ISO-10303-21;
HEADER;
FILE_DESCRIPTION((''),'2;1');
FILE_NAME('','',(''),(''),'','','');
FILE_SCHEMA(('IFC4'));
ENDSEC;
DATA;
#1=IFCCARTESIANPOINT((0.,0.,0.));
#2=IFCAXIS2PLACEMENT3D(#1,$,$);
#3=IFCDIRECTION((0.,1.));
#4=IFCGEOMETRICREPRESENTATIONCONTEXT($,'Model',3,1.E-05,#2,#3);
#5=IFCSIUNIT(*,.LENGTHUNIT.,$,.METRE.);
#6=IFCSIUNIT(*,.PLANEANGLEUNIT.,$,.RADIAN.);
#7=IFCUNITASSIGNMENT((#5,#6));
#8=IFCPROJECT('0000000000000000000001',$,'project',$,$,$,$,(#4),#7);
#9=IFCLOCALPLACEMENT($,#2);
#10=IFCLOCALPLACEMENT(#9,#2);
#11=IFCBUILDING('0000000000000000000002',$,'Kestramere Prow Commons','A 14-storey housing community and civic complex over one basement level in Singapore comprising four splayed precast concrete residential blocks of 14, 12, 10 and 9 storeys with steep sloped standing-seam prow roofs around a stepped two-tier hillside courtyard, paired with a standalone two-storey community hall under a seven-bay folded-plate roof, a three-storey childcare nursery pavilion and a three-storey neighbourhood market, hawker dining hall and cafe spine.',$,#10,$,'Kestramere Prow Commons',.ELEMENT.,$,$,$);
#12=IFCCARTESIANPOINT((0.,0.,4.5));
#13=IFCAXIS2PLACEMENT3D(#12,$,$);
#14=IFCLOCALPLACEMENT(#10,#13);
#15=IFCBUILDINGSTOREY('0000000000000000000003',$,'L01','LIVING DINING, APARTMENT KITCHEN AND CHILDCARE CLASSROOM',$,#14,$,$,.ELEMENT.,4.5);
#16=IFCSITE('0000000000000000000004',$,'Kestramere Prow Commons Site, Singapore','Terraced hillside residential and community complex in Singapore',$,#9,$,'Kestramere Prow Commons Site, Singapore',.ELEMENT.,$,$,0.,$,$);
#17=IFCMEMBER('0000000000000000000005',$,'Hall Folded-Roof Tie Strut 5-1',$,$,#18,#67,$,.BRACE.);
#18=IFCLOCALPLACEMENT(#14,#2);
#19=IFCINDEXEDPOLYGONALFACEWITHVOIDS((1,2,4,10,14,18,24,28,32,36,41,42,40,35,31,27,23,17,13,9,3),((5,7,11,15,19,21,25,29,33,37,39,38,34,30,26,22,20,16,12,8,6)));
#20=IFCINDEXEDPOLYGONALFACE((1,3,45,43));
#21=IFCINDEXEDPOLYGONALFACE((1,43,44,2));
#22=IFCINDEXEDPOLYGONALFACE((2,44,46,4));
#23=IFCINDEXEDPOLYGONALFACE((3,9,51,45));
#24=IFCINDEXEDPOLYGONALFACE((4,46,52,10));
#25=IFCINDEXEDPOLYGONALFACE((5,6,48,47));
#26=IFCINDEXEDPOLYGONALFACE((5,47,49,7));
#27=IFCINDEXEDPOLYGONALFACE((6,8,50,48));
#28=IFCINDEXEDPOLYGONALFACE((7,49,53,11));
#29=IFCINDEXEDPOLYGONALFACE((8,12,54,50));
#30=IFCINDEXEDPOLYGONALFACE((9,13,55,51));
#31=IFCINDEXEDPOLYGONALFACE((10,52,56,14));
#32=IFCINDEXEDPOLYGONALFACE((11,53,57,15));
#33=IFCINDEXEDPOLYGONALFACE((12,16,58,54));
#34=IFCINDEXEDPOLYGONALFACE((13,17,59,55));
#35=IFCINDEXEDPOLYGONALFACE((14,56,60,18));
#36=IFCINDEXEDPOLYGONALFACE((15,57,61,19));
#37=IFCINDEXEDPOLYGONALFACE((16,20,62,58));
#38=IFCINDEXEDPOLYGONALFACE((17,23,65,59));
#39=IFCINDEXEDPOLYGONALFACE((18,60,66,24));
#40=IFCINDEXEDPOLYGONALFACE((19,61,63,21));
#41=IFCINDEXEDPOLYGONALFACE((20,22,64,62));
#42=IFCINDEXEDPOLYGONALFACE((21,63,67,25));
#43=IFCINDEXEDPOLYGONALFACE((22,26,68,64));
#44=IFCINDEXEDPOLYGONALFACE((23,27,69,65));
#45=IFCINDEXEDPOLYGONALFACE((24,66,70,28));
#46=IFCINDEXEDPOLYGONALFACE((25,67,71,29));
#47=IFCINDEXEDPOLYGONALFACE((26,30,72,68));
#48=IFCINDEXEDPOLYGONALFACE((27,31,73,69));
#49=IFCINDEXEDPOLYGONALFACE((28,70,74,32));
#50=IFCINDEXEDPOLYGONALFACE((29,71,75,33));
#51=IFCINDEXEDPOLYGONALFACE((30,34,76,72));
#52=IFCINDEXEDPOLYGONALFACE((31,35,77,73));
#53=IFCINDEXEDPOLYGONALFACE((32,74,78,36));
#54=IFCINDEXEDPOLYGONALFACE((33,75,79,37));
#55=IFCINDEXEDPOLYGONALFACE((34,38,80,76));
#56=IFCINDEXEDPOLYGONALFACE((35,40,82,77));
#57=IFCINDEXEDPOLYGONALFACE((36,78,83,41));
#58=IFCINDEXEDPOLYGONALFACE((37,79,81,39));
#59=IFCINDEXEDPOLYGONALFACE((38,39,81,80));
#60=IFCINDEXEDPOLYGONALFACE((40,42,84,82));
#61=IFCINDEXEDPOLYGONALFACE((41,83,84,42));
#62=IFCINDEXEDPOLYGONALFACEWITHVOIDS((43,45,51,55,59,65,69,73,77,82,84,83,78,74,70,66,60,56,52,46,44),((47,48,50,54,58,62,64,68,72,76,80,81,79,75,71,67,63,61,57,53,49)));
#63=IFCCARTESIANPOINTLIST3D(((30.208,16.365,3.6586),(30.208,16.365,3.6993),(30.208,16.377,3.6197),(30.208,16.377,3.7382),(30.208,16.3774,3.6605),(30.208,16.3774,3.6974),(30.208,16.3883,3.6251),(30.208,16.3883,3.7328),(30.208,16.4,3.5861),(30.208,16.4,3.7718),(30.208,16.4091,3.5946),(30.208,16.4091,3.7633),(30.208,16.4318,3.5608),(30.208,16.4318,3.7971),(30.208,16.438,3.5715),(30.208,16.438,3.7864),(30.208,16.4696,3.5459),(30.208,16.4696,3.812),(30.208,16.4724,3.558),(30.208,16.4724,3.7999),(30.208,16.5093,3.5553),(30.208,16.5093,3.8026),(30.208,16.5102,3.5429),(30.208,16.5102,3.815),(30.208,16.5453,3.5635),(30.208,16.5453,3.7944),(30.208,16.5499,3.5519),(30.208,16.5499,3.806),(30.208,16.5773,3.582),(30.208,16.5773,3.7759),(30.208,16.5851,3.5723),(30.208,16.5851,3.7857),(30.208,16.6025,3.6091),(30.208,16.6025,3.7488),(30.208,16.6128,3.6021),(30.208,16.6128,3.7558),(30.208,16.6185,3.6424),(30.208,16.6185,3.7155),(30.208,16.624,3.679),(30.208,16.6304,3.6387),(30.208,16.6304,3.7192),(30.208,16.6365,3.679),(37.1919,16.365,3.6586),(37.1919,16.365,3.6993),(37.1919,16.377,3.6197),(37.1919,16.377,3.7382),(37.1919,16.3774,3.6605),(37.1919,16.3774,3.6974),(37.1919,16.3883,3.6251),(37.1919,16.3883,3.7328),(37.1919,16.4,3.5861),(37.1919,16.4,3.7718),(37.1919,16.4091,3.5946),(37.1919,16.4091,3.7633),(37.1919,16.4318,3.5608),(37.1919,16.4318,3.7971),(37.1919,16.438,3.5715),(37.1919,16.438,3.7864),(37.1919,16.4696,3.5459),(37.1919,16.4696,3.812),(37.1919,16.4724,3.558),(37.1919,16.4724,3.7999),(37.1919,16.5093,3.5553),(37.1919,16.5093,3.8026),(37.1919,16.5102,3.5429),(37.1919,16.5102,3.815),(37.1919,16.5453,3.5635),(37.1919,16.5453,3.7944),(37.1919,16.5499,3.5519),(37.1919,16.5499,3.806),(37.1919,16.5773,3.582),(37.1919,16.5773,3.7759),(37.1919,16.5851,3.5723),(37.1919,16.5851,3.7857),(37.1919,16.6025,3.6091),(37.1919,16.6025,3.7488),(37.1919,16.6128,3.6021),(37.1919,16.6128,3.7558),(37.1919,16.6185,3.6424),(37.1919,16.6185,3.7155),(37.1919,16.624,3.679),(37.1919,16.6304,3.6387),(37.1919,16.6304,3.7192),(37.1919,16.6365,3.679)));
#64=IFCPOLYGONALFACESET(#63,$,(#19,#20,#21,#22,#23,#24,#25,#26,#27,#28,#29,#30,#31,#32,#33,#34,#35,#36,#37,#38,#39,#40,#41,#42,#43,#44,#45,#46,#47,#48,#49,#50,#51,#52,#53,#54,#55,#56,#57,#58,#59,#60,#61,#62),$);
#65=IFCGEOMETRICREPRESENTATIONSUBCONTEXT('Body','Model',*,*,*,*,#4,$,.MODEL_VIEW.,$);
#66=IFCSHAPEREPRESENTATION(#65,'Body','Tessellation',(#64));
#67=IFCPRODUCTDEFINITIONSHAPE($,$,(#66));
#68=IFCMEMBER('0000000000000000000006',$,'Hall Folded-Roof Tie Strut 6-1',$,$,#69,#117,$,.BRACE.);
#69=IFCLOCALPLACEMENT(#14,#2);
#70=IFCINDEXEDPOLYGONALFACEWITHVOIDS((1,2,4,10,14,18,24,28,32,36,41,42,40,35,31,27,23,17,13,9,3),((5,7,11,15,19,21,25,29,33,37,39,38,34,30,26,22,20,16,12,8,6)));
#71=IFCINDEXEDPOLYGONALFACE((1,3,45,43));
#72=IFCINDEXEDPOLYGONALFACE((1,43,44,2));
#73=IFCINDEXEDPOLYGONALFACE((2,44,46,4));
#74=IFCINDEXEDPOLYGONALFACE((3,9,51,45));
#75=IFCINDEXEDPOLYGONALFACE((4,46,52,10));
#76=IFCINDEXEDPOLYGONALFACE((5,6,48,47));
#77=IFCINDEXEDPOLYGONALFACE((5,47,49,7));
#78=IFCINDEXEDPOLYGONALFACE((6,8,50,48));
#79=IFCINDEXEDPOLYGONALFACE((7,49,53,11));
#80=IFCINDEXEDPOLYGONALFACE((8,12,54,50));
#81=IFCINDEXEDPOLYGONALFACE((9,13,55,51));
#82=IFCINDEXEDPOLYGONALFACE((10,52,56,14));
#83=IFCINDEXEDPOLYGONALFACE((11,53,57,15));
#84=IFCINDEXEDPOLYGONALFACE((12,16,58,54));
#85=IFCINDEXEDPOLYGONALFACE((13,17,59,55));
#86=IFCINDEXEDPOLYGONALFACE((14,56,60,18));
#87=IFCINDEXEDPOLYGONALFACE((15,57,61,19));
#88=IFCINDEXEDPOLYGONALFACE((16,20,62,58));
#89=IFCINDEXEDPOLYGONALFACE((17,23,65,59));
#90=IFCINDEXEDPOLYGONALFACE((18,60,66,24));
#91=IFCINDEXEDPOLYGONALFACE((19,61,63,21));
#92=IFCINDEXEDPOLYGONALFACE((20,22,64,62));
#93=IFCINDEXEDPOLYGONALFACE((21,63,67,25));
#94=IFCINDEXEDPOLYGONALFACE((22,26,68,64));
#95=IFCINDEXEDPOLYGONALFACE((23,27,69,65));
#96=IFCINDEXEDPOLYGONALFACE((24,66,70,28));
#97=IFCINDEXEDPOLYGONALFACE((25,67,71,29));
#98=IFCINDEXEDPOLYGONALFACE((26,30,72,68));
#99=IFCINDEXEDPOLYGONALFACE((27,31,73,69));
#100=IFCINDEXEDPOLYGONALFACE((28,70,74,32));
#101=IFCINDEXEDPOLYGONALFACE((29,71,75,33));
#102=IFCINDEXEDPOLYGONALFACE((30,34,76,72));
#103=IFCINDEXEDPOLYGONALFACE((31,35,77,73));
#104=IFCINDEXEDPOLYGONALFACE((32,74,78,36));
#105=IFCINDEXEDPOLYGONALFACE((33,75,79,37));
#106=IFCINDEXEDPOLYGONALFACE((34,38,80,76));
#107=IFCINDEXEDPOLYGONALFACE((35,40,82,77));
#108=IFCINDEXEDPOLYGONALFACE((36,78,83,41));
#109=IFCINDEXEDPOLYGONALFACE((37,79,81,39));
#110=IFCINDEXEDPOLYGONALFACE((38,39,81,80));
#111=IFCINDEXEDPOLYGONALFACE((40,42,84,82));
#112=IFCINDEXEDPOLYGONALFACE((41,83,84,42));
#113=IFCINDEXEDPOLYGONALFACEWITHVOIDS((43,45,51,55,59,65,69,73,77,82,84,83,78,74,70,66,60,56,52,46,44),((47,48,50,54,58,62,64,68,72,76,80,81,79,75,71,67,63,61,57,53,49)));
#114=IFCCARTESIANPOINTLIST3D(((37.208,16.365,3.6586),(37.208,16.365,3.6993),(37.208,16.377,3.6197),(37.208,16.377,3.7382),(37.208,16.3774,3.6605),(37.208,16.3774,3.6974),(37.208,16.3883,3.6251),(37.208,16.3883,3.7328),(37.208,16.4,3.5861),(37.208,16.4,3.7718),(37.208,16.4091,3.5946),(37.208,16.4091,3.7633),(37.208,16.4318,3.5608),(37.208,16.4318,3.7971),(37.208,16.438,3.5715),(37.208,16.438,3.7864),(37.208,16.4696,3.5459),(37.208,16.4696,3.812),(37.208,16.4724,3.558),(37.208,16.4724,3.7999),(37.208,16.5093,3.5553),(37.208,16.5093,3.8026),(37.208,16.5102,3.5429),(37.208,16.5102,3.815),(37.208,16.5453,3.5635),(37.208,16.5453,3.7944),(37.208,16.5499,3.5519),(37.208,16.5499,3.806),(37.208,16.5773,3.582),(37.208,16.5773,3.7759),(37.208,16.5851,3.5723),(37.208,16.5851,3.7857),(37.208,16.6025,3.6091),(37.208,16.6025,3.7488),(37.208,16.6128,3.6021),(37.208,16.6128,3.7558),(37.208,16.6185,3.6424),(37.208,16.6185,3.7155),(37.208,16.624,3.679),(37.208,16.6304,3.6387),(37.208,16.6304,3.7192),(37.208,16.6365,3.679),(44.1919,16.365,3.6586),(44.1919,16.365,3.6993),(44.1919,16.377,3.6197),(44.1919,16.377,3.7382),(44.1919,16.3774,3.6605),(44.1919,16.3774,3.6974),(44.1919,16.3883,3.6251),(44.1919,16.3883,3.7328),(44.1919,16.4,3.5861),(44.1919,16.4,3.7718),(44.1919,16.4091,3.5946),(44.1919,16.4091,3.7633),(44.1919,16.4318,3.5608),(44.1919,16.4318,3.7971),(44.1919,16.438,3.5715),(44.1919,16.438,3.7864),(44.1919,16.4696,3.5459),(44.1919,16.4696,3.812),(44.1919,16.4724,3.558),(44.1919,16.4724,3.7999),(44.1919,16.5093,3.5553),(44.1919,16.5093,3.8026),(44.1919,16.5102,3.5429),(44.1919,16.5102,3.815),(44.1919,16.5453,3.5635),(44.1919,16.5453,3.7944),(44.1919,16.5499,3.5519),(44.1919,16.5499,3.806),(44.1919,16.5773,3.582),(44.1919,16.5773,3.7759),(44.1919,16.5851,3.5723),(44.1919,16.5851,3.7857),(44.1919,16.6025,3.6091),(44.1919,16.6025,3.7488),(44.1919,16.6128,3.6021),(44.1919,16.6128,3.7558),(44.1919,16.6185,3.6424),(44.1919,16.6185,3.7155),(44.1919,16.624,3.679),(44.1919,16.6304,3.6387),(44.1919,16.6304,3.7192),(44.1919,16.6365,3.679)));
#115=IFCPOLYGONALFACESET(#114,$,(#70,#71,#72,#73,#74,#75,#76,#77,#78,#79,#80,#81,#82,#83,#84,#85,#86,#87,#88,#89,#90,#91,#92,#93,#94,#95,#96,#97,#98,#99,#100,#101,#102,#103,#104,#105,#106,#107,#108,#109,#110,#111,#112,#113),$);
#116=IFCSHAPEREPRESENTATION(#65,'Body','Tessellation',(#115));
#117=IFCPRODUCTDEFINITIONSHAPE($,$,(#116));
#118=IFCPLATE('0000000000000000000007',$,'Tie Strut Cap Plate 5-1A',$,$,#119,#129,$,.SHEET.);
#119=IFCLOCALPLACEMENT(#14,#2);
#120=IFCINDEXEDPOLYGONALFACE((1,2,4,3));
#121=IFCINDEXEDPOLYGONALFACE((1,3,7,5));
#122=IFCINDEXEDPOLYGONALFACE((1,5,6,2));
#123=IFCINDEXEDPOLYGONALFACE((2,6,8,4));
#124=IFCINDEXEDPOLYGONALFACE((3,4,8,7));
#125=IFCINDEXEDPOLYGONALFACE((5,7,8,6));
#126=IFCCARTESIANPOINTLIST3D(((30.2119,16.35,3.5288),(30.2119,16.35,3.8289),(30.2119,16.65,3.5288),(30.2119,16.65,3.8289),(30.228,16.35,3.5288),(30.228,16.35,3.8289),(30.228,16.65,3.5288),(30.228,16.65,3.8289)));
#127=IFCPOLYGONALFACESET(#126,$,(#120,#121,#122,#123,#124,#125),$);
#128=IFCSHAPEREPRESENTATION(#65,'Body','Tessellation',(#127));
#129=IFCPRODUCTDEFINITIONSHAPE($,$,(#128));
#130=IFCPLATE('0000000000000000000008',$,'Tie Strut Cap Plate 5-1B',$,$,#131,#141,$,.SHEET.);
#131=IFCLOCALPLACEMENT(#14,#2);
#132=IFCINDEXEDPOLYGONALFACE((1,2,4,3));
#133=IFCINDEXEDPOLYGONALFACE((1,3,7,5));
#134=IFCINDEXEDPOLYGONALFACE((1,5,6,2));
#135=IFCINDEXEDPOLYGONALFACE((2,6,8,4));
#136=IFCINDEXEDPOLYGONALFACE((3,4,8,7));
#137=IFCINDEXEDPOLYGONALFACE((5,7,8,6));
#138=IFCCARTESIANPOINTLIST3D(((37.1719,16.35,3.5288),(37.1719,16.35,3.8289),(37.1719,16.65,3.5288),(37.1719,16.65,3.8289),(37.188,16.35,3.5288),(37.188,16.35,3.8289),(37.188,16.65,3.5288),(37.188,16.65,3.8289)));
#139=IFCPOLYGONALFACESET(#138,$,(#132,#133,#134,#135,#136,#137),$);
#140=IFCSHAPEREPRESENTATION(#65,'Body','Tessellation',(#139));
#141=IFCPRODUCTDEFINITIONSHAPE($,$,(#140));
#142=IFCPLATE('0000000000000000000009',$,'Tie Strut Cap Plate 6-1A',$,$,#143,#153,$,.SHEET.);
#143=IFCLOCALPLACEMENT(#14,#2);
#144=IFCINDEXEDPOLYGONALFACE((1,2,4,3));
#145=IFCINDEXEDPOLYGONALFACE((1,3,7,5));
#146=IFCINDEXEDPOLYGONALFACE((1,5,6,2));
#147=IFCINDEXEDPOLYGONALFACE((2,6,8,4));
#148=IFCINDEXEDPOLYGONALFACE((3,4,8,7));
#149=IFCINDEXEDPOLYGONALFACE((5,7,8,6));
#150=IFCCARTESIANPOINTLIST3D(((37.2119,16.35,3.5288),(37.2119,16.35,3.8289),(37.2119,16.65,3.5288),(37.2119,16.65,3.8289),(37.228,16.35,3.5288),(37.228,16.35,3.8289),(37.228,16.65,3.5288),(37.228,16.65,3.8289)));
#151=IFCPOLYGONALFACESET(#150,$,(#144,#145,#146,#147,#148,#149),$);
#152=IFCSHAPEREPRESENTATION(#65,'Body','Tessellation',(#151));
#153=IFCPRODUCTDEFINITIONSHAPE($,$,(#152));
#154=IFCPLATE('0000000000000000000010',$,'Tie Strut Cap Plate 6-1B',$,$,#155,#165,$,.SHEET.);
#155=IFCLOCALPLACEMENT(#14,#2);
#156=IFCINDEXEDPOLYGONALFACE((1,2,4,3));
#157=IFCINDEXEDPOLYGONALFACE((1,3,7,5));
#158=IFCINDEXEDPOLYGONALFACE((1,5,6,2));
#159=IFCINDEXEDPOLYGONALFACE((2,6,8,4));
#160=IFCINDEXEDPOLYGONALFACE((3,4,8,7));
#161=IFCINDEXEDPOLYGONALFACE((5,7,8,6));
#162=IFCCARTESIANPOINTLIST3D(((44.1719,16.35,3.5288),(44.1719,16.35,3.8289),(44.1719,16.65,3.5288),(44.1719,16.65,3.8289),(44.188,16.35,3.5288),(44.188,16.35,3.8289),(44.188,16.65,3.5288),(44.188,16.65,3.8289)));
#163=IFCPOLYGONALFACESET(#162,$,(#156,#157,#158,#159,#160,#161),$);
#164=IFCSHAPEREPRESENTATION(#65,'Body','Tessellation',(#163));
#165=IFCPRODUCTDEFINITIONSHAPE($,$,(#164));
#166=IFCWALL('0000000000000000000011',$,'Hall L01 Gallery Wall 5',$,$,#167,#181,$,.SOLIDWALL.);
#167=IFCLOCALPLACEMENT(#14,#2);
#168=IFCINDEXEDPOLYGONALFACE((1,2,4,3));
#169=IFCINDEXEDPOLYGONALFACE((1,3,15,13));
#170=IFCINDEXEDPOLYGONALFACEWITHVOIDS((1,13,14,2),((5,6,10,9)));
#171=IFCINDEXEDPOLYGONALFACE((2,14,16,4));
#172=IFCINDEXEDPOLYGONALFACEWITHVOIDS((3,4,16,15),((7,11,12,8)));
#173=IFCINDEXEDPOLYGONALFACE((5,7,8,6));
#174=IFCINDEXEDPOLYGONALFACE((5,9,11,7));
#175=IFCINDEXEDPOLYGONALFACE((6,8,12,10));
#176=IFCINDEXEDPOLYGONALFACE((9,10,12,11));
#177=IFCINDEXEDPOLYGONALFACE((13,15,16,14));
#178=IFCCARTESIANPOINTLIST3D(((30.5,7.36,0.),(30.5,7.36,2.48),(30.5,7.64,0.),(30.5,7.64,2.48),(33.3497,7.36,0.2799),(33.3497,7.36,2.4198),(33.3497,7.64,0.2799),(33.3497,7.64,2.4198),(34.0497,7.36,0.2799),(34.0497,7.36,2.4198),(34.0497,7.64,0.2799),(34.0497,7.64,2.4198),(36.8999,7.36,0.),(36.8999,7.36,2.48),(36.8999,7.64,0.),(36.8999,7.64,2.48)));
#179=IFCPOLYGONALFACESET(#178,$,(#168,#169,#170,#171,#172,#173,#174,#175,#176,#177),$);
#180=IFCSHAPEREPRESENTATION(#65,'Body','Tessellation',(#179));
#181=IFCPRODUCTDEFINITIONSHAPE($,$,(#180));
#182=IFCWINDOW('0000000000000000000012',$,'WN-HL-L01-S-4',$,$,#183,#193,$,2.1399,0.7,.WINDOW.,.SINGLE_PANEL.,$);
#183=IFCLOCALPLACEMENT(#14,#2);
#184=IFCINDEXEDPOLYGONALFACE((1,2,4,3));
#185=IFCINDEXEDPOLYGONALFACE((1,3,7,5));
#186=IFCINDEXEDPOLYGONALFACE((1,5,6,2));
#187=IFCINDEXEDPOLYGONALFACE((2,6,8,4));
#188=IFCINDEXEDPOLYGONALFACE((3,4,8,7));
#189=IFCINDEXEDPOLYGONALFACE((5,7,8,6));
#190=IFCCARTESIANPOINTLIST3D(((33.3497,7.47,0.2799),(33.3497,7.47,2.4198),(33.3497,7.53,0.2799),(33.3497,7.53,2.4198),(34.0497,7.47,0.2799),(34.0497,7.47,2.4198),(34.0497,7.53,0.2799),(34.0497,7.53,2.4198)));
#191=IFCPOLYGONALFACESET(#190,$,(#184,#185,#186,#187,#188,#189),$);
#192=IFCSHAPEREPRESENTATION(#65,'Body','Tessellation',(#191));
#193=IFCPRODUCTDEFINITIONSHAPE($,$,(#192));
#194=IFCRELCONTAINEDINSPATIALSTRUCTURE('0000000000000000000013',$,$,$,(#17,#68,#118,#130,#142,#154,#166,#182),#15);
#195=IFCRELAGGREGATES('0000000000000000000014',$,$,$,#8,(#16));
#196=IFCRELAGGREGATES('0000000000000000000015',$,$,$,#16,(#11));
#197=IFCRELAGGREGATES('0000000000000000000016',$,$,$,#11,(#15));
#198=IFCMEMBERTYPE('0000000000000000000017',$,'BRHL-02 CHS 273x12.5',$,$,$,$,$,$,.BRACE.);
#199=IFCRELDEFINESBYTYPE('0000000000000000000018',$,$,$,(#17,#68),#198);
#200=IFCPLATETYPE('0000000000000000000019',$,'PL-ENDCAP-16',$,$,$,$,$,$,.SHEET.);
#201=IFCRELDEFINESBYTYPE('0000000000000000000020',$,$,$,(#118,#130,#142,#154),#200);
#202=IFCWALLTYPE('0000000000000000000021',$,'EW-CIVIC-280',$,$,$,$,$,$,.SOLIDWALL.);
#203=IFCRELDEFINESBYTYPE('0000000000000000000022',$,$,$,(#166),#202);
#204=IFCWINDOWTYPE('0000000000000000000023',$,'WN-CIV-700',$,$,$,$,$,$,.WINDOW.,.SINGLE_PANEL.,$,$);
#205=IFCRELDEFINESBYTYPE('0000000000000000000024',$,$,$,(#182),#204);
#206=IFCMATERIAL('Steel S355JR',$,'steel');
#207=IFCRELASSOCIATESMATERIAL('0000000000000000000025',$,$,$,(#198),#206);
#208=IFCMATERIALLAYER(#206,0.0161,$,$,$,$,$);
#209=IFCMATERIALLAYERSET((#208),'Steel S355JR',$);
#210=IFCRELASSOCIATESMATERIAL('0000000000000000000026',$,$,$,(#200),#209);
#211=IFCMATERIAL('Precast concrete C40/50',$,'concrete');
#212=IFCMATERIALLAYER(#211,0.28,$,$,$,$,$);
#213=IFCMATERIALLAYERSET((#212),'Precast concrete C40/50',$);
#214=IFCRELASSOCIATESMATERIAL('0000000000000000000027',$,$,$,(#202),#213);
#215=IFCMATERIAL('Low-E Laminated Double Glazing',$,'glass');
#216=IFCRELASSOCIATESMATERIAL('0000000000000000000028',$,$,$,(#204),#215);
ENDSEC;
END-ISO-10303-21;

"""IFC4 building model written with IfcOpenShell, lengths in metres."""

from ifc_helpers import new_model, si_unit, direction, frame, frame_2d, origin, origin_2d, place, context, subcontext, project, spatial, rectangle, hollow_circle, extrude, material, layer, layer_set, material_profile, profile_set, type_object, element, fill, save


model = new_model("IFC4")

# Units and contexts
model_context = context("Model", 3, precision=1e-05, world=origin(), true_north=direction((0.0, 1.0)))
body_context = subcontext(model_context, "Body", "Model", "MODEL_VIEW")
ifc_project = project(units=[si_unit("LENGTHUNIT", "METRE"), si_unit("PLANEANGLEUNIT", "RADIAN")], contexts=[model_context])

# Site, building, storey
site_placement = place(None, origin())
site = spatial("IfcSite", under=ifc_project, at=site_placement, Name="Kestramere Prow Commons Site, Singapore", Description="Terraced hillside residential and community complex in Singapore", LongName="Kestramere Prow Commons Site, Singapore", CompositionType="ELEMENT", RefElevation=0.0)
building_placement = place(site_placement, origin())
building = spatial("IfcBuilding", under=site, at=building_placement, Name="Kestramere Prow Commons", Description="A 14-storey housing community and civic complex over one basement level in Singapore comprising four splayed precast concrete residential blocks of 14, 12, 10 and 9 storeys with steep sloped standing-seam prow roofs around a stepped two-tier hillside courtyard, paired with a standalone two-storey community hall under a seven-bay folded-plate roof, a three-storey childcare nursery pavilion and a three-storey neighbourhood market, hawker dining hall and cafe spine.", LongName="Kestramere Prow Commons", CompositionType="ELEMENT")
storey_placement = place(building_placement, frame((0.0, 0.0, 4.5)))
storey = spatial("IfcBuildingStorey", under=building, at=storey_placement, Name="L01", Description="LIVING DINING, APARTMENT KITCHEN AND CHILDCARE CLASSROOM", CompositionType="ELEMENT", Elevation=4.5)

# Shared definitions
ifc_material_1 = material(Name="Precast concrete C40/50", Category="concrete")

# Shared definitions
ifc_material_2 = material(Name="Steel S355JR", Category="steel")

# Members
ifc_material_profile_1 = material_profile(ifc_material_2, hollow_circle(Radius=0.1365, WallThickness=0.0125, at=origin_2d()), Name="CHS 273x12.5")
ifc_profile_set_1 = profile_set([ifc_material_profile_1], Name="Steel S355JR")
member_type = type_object("IfcMemberType", Name="BRHL-02 CHS 273x12.5", PredefinedType="BRACE", material=ifc_profile_set_1)
for number, where, z_axis, x_axis, name in (
    (1, (30.208, 16.5, 3.679), (1.0, 0.0, 0.0), (0.0, 1.0, 0.0), "Hall Folded-Roof Tie Strut 5-1"),
    (2, (37.208, 16.5, 3.679), (1.0, 0.0, 0.0), (0.0, 1.0, 0.0), "Hall Folded-Roof Tie Strut 6-1"),
):
    element("IfcMember", number, at=place(storey_placement, frame(where, z_axis=z_axis, x_axis=x_axis)), inside=storey, type_object=member_type, Name=name, PredefinedType="BRACE", context=body_context, shape_type="SweptSolid", body=[
        extrude(hollow_circle(Radius=0.1365, WallThickness=0.0125, at=origin_2d()), origin(), (0.0, 0.0, 1.0), 6.9839),
    ])

# Plates
ifc_layer_1 = layer(ifc_material_2, 0.0161)
ifc_layer_set_1 = layer_set([ifc_layer_1], Name="Steel S355JR")
plate_type = type_object("IfcPlateType", Name="PL-ENDCAP-16", PredefinedType="SHEET", material=ifc_layer_set_1)
for number, where, z_axis, x_axis, name in (
    (3, (30.22, 16.5, 3.5288), (0.0, 0.0, 1.0), (1.0, 0.0, 0.0), "Tie Strut Cap Plate 5-1A"),
    (4, (37.1799, 16.5, 3.5288), (0.0, 0.0, 1.0), (1.0, 0.0, 0.0), "Tie Strut Cap Plate 5-1B"),
    (5, (37.22, 16.5, 3.5288), (0.0, 0.0, 1.0), (1.0, 0.0, 0.0), "Tie Strut Cap Plate 6-1A"),
    (6, (44.1799, 16.5, 3.5288), (0.0, 0.0, 1.0), (1.0, 0.0, 0.0), "Tie Strut Cap Plate 6-1B"),
):
    element("IfcPlate", number, at=place(storey_placement, frame(where, z_axis=z_axis, x_axis=x_axis)), inside=storey, type_object=plate_type, Name=name, PredefinedType="SHEET", context=body_context, shape_type="SweptSolid", body=[
        extrude(rectangle(XDim=0.0161, YDim=0.3, at=origin_2d()), origin(), (0.0, 0.0, 1.0), 0.3),
    ])

# Wall, opening, window
ifc_layer_2 = layer(ifc_material_1, 0.28)
ifc_layer_set_2 = layer_set([ifc_layer_2], Name="Precast concrete C40/50")
wall_type_1 = type_object("IfcWallType", Name="EW-CIVIC-280", PredefinedType="SOLIDWALL", material=ifc_layer_set_2)
wall_1_placement = place(storey_placement, frame((36.8999, 7.5, 0.0), z_axis=(0.0, 0.0, 1.0), x_axis=(-1.0, 0.0, 0.0)))
wall_1 = element("IfcWall", 7, at=wall_1_placement, inside=storey, type_object=wall_type_1, Name="Hall L01 Gallery Wall 5", PredefinedType="SOLIDWALL", context=body_context, shape_type="SweptSolid", body=[
    extrude(rectangle(XDim=6.3999, YDim=0.28, at=frame_2d((3.2, 0.0))), origin(), (0.0, 0.0, 1.0), 2.48),
])
opening_1_placement = place(wall_1_placement, frame((2.8501, 0.0, 0.28)))
opening_1 = element("IfcOpeningElement", 8, at=opening_1_placement, cuts=wall_1, PredefinedType="OPENING", context=body_context, shape_type="SweptSolid", body=[
    extrude(rectangle(XDim=0.7, YDim=2.1399, at=frame_2d((0.3501, 1.0698))), frame((0.0, 0.155, 0.0), z_axis=(0.0, -1.0, 0.0), x_axis=(1.0, 0.0, 0.0)), (0.0, 0.0, 1.0), 0.3101),
])
ifc_material_3 = material(Name="Low-E Laminated Double Glazing", Category="glass")
window_type = type_object("IfcWindowType", Name="WN-CIV-700", PartitioningType="SINGLE_PANEL", PredefinedType="WINDOW", material=ifc_material_3)
window_1_placement = place(opening_1_placement, origin())
window_1 = element("IfcWindow", 9, at=window_1_placement, inside=storey, type_object=window_type, Name="WN-HL-L01-S-4", OverallHeight=2.1399, OverallWidth=0.7, PartitioningType="SINGLE_PANEL", PredefinedType="WINDOW", context=body_context, shape_type="SweptSolid", body=[
    extrude(rectangle(XDim=0.7, YDim=2.1399, at=frame_2d((0.3501, 1.0698))), frame((0.0, 0.03, 0.0), z_axis=(0.0, -1.0, 0.0), x_axis=(1.0, 0.0, 0.0)), (0.0, 0.0, 1.0), 0.0601),
])
fill(opening_1, window_1)

save(model, "model.ifc")
